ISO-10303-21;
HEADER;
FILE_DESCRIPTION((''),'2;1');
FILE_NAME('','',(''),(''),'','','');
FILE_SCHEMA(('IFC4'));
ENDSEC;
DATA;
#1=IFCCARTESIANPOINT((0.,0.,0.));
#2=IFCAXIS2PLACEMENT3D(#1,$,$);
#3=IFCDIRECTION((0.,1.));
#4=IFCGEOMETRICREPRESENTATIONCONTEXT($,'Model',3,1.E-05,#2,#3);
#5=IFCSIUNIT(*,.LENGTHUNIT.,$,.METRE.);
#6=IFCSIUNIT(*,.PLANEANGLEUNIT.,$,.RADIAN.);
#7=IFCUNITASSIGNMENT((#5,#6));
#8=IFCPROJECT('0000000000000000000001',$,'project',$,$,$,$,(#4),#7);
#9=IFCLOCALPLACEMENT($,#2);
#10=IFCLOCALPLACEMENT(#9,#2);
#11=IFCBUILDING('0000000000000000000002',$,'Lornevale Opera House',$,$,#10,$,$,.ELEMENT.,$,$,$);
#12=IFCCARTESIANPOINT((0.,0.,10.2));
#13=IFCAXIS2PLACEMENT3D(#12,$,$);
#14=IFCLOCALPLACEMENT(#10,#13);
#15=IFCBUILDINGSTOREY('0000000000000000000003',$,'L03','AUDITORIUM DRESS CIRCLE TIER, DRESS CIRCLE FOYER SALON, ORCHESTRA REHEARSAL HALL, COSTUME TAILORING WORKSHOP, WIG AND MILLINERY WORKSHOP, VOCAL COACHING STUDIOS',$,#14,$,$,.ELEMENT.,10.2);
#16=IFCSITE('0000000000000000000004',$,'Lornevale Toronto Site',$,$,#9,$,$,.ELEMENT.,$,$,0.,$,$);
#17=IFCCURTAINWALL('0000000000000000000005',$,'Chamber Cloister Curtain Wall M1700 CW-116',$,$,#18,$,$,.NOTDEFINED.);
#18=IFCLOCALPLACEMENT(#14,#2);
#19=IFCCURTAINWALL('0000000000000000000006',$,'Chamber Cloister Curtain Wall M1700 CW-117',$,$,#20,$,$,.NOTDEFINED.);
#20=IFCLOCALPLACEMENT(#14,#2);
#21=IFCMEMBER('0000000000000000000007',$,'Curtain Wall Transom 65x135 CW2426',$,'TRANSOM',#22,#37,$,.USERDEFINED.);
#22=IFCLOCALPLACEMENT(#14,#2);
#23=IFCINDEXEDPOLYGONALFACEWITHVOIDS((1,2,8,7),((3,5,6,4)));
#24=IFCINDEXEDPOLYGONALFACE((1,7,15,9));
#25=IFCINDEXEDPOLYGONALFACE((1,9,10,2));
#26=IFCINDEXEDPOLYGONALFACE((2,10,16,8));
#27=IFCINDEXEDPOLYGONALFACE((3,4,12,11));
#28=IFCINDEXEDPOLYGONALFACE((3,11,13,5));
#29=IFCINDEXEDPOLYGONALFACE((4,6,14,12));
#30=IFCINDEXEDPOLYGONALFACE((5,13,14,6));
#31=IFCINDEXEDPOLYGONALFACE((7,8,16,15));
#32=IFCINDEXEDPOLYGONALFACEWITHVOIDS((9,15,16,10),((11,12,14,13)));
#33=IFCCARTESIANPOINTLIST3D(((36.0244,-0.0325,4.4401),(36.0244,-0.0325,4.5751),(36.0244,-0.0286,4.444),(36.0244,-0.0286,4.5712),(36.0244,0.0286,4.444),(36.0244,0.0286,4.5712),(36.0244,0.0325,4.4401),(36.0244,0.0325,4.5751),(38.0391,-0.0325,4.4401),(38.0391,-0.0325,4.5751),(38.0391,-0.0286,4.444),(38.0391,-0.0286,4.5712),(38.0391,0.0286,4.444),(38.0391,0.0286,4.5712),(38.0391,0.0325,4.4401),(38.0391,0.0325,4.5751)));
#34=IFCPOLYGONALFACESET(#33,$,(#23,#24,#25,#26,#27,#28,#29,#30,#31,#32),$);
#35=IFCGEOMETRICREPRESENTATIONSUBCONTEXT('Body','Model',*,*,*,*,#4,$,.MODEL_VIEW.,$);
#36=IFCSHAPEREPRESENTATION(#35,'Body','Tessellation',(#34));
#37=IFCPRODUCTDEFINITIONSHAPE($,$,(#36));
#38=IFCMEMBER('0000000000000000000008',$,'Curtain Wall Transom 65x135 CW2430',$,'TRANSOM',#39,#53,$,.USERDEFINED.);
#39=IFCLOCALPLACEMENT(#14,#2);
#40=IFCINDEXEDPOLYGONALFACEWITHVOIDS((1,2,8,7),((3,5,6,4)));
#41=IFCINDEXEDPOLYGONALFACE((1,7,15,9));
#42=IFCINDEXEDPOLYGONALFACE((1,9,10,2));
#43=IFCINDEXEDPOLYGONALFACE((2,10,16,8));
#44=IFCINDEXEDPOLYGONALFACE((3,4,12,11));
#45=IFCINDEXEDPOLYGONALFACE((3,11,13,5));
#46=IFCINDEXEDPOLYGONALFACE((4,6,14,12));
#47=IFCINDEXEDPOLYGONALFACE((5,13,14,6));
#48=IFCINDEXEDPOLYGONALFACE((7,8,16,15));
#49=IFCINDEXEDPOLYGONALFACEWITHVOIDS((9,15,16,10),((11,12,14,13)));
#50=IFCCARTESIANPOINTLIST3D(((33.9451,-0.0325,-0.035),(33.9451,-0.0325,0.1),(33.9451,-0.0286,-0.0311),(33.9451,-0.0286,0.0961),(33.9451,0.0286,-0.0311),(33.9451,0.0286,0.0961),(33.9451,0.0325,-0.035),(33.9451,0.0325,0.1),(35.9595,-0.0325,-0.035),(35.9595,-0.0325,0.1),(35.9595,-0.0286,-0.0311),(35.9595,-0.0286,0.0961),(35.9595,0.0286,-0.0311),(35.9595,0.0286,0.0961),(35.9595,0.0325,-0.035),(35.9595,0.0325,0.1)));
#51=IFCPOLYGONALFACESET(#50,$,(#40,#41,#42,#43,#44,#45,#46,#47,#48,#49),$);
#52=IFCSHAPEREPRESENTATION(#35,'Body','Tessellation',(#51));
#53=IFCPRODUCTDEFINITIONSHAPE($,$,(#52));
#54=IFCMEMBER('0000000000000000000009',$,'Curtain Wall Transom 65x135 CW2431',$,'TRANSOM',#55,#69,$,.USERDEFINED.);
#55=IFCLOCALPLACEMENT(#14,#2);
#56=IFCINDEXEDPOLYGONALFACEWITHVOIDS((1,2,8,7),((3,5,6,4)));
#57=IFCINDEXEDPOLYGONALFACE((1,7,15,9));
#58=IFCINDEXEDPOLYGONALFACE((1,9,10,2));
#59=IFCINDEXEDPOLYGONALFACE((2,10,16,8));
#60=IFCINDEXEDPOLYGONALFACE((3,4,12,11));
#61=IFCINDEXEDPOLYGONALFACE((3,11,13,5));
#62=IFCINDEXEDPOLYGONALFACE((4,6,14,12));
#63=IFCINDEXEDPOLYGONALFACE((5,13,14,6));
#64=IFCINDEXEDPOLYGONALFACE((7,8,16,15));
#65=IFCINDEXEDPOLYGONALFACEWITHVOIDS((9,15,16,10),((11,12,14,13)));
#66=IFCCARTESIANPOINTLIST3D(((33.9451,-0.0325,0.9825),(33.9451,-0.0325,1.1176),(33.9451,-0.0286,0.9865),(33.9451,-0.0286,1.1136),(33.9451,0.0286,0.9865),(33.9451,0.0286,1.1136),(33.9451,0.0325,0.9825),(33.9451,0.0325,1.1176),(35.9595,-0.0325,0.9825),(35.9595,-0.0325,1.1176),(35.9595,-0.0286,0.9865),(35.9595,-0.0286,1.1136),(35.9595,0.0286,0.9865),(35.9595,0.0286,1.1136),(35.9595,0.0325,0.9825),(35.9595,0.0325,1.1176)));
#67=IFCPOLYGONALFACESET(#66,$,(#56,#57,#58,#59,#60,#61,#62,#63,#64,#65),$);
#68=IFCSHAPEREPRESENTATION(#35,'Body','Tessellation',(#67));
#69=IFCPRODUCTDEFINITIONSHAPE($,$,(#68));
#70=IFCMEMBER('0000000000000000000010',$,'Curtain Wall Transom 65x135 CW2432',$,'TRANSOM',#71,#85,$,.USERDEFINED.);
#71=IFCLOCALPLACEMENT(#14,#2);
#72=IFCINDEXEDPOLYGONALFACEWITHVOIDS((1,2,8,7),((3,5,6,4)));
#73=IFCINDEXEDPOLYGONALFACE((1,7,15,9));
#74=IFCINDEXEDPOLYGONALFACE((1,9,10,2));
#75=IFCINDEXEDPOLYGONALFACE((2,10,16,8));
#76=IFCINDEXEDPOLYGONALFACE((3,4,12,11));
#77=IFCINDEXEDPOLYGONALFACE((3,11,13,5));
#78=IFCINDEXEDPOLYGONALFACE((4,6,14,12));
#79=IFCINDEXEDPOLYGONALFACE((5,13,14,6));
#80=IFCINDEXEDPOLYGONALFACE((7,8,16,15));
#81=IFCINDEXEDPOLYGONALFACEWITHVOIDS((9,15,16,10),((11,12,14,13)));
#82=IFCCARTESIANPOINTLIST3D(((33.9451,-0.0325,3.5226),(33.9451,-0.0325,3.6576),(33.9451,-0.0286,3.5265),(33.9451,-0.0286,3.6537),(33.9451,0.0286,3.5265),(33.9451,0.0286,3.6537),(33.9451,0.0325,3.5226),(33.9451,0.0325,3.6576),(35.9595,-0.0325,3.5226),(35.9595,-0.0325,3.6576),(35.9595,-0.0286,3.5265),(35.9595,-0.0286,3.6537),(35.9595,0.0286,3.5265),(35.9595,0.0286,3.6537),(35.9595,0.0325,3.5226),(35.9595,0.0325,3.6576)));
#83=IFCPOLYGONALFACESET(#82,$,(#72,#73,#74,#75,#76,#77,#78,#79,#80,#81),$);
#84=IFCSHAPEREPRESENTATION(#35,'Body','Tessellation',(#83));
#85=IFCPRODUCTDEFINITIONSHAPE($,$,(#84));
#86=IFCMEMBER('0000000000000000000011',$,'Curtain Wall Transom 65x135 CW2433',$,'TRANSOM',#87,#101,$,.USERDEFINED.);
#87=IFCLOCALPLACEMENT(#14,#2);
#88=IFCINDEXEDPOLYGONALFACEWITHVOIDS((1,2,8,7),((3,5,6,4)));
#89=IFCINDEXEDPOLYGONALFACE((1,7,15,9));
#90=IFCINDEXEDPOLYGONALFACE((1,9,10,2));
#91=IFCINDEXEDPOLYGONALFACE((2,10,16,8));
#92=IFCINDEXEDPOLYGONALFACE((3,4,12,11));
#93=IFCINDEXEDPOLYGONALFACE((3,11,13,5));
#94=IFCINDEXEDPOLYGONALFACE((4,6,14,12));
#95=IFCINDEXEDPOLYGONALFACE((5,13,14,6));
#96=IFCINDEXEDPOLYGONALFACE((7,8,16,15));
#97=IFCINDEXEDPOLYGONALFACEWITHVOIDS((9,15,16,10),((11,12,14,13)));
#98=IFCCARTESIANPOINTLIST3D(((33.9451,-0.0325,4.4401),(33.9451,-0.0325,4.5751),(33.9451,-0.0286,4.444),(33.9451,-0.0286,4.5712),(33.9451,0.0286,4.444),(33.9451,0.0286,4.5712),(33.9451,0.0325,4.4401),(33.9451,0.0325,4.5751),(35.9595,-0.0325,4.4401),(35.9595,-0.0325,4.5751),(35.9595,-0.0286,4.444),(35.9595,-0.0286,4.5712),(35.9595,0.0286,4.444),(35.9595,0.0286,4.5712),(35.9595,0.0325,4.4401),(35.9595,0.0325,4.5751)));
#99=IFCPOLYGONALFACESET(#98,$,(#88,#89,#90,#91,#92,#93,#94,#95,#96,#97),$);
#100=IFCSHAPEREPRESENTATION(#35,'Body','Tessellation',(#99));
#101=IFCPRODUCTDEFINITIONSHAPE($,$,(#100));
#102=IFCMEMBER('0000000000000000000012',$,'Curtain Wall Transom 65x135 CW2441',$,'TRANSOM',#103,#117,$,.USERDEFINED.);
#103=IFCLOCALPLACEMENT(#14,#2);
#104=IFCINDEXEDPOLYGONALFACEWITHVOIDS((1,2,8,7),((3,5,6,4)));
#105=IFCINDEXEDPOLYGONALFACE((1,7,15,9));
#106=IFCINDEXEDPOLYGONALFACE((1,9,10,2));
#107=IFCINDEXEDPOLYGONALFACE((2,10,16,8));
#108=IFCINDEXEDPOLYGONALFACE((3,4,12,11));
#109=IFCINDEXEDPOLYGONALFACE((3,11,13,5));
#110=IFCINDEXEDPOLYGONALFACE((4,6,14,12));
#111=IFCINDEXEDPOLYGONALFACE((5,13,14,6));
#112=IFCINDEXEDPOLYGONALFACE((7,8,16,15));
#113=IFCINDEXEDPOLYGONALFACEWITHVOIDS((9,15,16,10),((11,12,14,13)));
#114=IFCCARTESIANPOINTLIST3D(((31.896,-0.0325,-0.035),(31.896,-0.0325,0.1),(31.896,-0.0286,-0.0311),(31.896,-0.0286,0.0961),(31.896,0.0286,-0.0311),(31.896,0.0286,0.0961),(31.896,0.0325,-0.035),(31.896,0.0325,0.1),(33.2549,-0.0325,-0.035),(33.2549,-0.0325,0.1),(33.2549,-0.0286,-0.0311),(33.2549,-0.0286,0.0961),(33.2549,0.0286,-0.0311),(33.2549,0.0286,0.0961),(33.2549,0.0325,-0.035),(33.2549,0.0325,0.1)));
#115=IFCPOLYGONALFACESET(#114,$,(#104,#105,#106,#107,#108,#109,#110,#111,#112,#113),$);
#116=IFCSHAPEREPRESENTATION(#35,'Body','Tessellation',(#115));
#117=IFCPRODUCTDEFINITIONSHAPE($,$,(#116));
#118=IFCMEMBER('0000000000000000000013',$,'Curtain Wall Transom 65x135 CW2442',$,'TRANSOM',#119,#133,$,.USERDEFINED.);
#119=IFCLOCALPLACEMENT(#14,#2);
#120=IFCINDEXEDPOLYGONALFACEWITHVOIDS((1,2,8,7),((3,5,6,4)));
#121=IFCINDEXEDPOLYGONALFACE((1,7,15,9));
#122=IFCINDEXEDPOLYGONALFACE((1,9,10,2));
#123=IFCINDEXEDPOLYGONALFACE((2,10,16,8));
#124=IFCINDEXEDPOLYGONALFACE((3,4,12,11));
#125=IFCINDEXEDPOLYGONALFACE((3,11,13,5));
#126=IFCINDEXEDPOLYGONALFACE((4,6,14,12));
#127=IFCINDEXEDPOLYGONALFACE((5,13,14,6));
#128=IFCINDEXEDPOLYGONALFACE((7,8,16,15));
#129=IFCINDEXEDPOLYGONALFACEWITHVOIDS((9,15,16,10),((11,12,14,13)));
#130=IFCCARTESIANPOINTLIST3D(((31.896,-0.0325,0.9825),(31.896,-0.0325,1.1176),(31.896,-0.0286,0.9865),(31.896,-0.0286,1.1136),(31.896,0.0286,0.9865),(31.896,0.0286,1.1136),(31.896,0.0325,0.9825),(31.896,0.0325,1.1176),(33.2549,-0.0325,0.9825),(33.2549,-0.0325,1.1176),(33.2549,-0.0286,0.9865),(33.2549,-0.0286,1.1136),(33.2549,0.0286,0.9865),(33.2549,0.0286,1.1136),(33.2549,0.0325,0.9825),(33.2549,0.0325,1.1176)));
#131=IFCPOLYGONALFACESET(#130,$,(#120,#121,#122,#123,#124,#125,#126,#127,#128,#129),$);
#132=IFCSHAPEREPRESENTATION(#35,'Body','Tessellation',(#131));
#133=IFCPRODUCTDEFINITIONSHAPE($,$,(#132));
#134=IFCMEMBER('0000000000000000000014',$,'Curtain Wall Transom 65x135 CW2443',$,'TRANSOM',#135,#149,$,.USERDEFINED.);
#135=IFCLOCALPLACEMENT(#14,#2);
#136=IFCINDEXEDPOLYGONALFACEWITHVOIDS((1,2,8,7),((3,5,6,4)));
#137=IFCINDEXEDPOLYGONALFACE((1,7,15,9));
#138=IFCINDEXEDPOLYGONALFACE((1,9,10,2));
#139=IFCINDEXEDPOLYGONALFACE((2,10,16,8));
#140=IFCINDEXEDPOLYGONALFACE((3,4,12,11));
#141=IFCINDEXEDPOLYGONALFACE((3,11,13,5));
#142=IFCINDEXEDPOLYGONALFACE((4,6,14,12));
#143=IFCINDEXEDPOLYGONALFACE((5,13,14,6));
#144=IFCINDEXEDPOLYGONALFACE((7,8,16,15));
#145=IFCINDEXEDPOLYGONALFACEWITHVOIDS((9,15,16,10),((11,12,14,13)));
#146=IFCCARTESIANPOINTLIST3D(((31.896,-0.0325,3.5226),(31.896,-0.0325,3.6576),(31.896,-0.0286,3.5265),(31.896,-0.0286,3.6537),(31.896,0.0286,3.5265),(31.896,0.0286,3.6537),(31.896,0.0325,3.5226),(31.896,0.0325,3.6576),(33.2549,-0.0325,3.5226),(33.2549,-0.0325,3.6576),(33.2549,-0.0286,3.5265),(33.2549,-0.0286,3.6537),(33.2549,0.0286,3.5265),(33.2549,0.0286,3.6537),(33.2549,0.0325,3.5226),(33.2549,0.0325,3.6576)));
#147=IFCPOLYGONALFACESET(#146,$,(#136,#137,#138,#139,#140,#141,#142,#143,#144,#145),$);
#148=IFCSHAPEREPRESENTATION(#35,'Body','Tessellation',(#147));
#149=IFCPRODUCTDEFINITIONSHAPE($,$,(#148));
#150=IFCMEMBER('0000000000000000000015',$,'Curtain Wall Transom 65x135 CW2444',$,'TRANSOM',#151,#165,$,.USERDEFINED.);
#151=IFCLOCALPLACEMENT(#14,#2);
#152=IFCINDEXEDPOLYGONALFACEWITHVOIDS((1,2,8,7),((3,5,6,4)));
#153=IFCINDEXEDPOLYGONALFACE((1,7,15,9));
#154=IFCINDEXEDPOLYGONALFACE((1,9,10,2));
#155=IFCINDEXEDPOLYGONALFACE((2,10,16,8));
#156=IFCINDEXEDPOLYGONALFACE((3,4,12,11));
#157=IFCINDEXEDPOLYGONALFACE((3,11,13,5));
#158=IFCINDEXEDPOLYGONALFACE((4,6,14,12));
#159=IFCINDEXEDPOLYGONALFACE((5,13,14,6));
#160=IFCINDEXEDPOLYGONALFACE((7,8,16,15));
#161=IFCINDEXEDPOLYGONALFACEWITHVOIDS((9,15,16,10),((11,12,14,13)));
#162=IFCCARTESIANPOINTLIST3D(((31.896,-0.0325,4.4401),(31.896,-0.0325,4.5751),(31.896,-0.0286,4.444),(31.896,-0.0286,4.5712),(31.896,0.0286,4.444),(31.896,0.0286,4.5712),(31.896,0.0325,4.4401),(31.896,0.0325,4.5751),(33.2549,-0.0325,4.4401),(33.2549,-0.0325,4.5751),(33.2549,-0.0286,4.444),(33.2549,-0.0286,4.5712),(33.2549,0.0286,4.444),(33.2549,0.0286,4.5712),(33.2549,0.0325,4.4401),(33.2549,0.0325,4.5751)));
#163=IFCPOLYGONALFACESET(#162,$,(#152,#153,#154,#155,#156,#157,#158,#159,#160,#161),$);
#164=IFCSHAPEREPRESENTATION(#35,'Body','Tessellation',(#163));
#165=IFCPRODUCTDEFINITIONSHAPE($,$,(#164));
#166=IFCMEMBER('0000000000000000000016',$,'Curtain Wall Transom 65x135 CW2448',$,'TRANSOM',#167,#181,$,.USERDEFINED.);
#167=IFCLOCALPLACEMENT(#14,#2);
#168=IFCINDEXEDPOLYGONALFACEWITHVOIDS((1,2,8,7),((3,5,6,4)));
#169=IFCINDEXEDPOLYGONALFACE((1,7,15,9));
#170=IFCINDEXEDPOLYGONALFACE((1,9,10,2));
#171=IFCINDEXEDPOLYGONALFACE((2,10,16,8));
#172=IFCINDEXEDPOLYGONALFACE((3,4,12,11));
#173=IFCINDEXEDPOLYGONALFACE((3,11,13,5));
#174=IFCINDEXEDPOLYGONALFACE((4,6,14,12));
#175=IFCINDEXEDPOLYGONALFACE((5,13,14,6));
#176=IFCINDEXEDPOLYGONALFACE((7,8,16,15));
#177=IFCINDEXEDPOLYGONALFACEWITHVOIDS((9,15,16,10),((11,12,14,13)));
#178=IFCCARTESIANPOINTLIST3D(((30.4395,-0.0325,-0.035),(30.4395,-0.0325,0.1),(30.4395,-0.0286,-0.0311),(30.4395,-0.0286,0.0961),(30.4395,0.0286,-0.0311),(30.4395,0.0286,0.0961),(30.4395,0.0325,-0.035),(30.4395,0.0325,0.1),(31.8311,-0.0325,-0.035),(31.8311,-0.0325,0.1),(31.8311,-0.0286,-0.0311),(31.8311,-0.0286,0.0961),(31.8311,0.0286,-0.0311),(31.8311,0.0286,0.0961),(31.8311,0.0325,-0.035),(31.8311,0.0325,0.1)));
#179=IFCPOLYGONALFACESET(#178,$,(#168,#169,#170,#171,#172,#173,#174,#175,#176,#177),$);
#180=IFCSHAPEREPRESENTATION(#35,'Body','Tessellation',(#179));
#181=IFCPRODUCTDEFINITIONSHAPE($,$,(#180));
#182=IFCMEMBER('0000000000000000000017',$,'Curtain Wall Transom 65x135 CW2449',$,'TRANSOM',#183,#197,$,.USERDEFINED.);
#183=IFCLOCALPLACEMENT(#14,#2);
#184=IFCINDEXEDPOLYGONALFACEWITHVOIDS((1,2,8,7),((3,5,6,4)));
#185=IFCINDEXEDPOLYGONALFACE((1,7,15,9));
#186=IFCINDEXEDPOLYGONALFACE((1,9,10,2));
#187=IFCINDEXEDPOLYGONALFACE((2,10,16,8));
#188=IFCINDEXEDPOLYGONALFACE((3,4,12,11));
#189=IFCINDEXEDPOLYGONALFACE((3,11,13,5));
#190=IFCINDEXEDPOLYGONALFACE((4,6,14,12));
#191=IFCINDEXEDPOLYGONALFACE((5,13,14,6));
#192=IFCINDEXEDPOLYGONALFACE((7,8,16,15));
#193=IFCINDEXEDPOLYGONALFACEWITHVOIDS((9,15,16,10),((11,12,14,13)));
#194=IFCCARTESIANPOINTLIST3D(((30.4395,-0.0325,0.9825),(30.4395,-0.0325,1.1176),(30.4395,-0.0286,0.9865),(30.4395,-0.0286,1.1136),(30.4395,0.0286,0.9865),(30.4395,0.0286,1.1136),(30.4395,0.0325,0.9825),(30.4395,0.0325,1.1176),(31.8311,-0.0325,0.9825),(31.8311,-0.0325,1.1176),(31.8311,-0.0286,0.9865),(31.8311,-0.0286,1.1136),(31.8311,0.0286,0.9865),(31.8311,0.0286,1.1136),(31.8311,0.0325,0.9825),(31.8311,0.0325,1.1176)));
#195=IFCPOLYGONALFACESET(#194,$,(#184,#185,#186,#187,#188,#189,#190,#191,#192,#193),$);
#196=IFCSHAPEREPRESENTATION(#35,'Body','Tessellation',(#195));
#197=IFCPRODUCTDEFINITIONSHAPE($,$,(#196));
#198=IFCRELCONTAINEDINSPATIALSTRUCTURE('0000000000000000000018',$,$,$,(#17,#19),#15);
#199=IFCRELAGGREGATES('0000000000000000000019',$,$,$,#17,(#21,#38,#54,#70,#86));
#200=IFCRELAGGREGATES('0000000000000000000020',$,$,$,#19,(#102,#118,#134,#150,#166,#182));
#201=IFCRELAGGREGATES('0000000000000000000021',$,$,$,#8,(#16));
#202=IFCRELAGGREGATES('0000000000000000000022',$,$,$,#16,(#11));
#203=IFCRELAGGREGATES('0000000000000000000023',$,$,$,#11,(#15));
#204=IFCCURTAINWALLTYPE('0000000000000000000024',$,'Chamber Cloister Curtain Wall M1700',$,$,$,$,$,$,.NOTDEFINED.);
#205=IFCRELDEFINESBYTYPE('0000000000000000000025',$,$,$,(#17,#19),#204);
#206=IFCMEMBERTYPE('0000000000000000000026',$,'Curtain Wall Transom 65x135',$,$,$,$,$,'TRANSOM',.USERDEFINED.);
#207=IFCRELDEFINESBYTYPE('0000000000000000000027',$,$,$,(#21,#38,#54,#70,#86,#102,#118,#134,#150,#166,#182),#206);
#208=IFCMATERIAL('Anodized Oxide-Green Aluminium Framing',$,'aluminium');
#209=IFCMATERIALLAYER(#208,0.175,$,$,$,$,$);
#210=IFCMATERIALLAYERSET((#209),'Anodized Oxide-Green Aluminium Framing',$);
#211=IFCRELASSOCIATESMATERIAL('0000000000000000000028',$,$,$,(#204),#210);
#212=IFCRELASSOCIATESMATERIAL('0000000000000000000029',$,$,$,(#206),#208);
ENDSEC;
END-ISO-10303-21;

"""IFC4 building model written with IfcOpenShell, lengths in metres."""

from ifc_helpers import new_model, si_unit, direction, frame, origin, origin_2d, place, context, subcontext, project, spatial, hollow_rectangle, extrude, material, layer, layer_set, material_profile, profile_set, type_object, element, aggregate, save


model = new_model("IFC4")

# Units and contexts
model_context = context("Model", 3, precision=1e-05, world=origin(), true_north=direction((0.0, 1.0)))
body_context = subcontext(model_context, "Body", "Model", "MODEL_VIEW")
ifc_project = project(units=[si_unit("LENGTHUNIT", "METRE"), si_unit("PLANEANGLEUNIT", "RADIAN")], contexts=[model_context])

# Site, building, storey
site_placement = place(None, origin())
site = spatial("IfcSite", under=ifc_project, at=site_placement, Name="Lornevale Toronto Site", CompositionType="ELEMENT", RefElevation=0.0)
building_placement = place(site_placement, origin())
building = spatial("IfcBuilding", under=site, at=building_placement, Name="Lornevale Opera House", CompositionType="ELEMENT")
storey_placement = place(building_placement, frame((0.0, 0.0, 10.2)))
storey = spatial("IfcBuildingStorey", under=building, at=storey_placement, Name="L03", Description="AUDITORIUM DRESS CIRCLE TIER, DRESS CIRCLE FOYER SALON, ORCHESTRA REHEARSAL HALL, COSTUME TAILORING WORKSHOP, WIG AND MILLINERY WORKSHOP, VOCAL COACHING STUDIOS", CompositionType="ELEMENT", Elevation=10.2)

# Curtain walls
ifc_material_1 = material(Name="Anodized Oxide-Green Aluminium Framing", Category="aluminium")
ifc_layer_1 = layer(ifc_material_1, 0.175)
ifc_layer_set_1 = layer_set([ifc_layer_1], Name="Anodized Oxide-Green Aluminium Framing")
curtain_wall_type = type_object("IfcCurtainWallType", Name="Chamber Cloister Curtain Wall M1700", PredefinedType="NOTDEFINED", material=ifc_layer_set_1)
curtain_wall_1_placement = place(storey_placement, origin())
curtain_wall_1 = element("IfcCurtainWall", 1, at=curtain_wall_1_placement, inside=storey, type_object=curtain_wall_type, Name="Chamber Cloister Curtain Wall M1700 CW-116", PredefinedType="NOTDEFINED")
curtain_wall_2_placement = place(storey_placement, origin())
curtain_wall_2 = element("IfcCurtainWall", 2, at=curtain_wall_2_placement, inside=storey, type_object=curtain_wall_type, Name="Chamber Cloister Curtain Wall M1700 CW-117", PredefinedType="NOTDEFINED")

# Members
ifc_material_profile_1 = material_profile(ifc_material_1, hollow_rectangle(XDim=0.0649, YDim=0.135, WallThickness=0.0039, at=origin_2d()), Name="ALU65x135x4")
ifc_profile_set_1 = profile_set([ifc_material_profile_1], Name="Anodized Oxide-Green Aluminium Framing")
member_type_1 = type_object("IfcMemberType", Name="Curtain Wall Transom 65x135", ElementType="TRANSOM", PredefinedType="USERDEFINED", material=ifc_profile_set_1)
member_1_placement = place(storey_placement, frame((38.0391, 0.0, 4.5076), z_axis=(-1.0, 0.0, 0.0), x_axis=(0.0, -1.0, 0.0)))
member_1 = element("IfcMember", 3, at=member_1_placement, type_object=member_type_1, Name="Curtain Wall Transom 65x135 CW2426", ObjectType="TRANSOM", PredefinedType="USERDEFINED", context=body_context, shape_type="SweptSolid", body=[
    extrude(hollow_rectangle(XDim=0.0649, YDim=0.135, WallThickness=0.0039, at=origin_2d()), origin(), (0.0, 0.0, 1.0), 2.0146),
])
member_2_placement = place(storey_placement, frame((35.9595, 0.0, 0.0325), z_axis=(-1.0, 0.0, 0.0), x_axis=(0.0, -1.0, 0.0)))
member_2 = element("IfcMember", 4, at=member_2_placement, type_object=member_type_1, Name="Curtain Wall Transom 65x135 CW2430", ObjectType="TRANSOM", PredefinedType="USERDEFINED", context=body_context, shape_type="SweptSolid", body=[
    extrude(hollow_rectangle(XDim=0.0649, YDim=0.135, WallThickness=0.0039, at=origin_2d()), origin(), (0.0, 0.0, 1.0), 2.0144),
])
member_3_placement = place(storey_placement, frame((35.9595, 0.0, 1.05), z_axis=(-1.0, 0.0, 0.0), x_axis=(0.0, -1.0, 0.0)))
member_3 = element("IfcMember", 5, at=member_3_placement, type_object=member_type_1, Name="Curtain Wall Transom 65x135 CW2431", ObjectType="TRANSOM", PredefinedType="USERDEFINED", context=body_context, shape_type="SweptSolid", body=[
    extrude(hollow_rectangle(XDim=0.0649, YDim=0.135, WallThickness=0.0039, at=origin_2d()), origin(), (0.0, 0.0, 1.0), 2.0144),
])
member_4_placement = place(storey_placement, frame((35.9595, 0.0, 3.5901), z_axis=(-1.0, 0.0, 0.0), x_axis=(0.0, -1.0, 0.0)))
member_4 = element("IfcMember", 6, at=member_4_placement, type_object=member_type_1, Name="Curtain Wall Transom 65x135 CW2432", ObjectType="TRANSOM", PredefinedType="USERDEFINED", context=body_context, shape_type="SweptSolid", body=[
    extrude(hollow_rectangle(XDim=0.0649, YDim=0.135, WallThickness=0.0039, at=origin_2d()), origin(), (0.0, 0.0, 1.0), 2.0144),
])
member_5_placement = place(storey_placement, frame((35.9595, 0.0, 4.5076), z_axis=(-1.0, 0.0, 0.0), x_axis=(0.0, -1.0, 0.0)))
member_5 = element("IfcMember", 7, at=member_5_placement, type_object=member_type_1, Name="Curtain Wall Transom 65x135 CW2433", ObjectType="TRANSOM", PredefinedType="USERDEFINED", context=body_context, shape_type="SweptSolid", body=[
    extrude(hollow_rectangle(XDim=0.0649, YDim=0.135, WallThickness=0.0039, at=origin_2d()), origin(), (0.0, 0.0, 1.0), 2.0144),
])
member_6_placement = place(storey_placement, frame((33.2549, 0.0, 0.0325), z_axis=(-1.0, 0.0, 0.0), x_axis=(0.0, -1.0, 0.0)))
member_6 = element("IfcMember", 8, at=member_6_placement, type_object=member_type_1, Name="Curtain Wall Transom 65x135 CW2441", ObjectType="TRANSOM", PredefinedType="USERDEFINED", context=body_context, shape_type="SweptSolid", body=[
    extrude(hollow_rectangle(XDim=0.0649, YDim=0.135, WallThickness=0.0039, at=origin_2d()), origin(), (0.0, 0.0, 1.0), 1.3589),
])
member_7_placement = place(storey_placement, frame((33.2549, 0.0, 1.05), z_axis=(-1.0, 0.0, 0.0), x_axis=(0.0, -1.0, 0.0)))
member_7 = element("IfcMember", 9, at=member_7_placement, type_object=member_type_1, Name="Curtain Wall Transom 65x135 CW2442", ObjectType="TRANSOM", PredefinedType="USERDEFINED", context=body_context, shape_type="SweptSolid", body=[
    extrude(hollow_rectangle(XDim=0.0649, YDim=0.135, WallThickness=0.0039, at=origin_2d()), origin(), (0.0, 0.0, 1.0), 1.3589),
])
member_8_placement = place(storey_placement, frame((33.2549, 0.0, 3.5901), z_axis=(-1.0, 0.0, 0.0), x_axis=(0.0, -1.0, 0.0)))
member_8 = element("IfcMember", 10, at=member_8_placement, type_object=member_type_1, Name="Curtain Wall Transom 65x135 CW2443", ObjectType="TRANSOM", PredefinedType="USERDEFINED", context=body_context, shape_type="SweptSolid", body=[
    extrude(hollow_rectangle(XDim=0.0649, YDim=0.135, WallThickness=0.0039, at=origin_2d()), origin(), (0.0, 0.0, 1.0), 1.3589),
])
member_9_placement = place(storey_placement, frame((33.2549, 0.0, 4.5076), z_axis=(-1.0, 0.0, 0.0), x_axis=(0.0, -1.0, 0.0)))
member_9 = element("IfcMember", 11, at=member_9_placement, type_object=member_type_1, Name="Curtain Wall Transom 65x135 CW2444", ObjectType="TRANSOM", PredefinedType="USERDEFINED", context=body_context, shape_type="SweptSolid", body=[
    extrude(hollow_rectangle(XDim=0.0649, YDim=0.135, WallThickness=0.0039, at=origin_2d()), origin(), (0.0, 0.0, 1.0), 1.3589),
])
member_10_placement = place(storey_placement, frame((31.8311, 0.0, 0.0325), z_axis=(-1.0, 0.0, 0.0), x_axis=(0.0, -1.0, 0.0)))
member_10 = element("IfcMember", 12, at=member_10_placement, type_object=member_type_1, Name="Curtain Wall Transom 65x135 CW2448", ObjectType="TRANSOM", PredefinedType="USERDEFINED", context=body_context, shape_type="SweptSolid", body=[
    extrude(hollow_rectangle(XDim=0.0649, YDim=0.135, WallThickness=0.0039, at=origin_2d()), origin(), (0.0, 0.0, 1.0), 1.3916),
])
member_11_placement = place(storey_placement, frame((31.8311, 0.0, 1.05), z_axis=(-1.0, 0.0, 0.0), x_axis=(0.0, -1.0, 0.0)))
member_11 = element("IfcMember", 13, at=member_11_placement, type_object=member_type_1, Name="Curtain Wall Transom 65x135 CW2449", ObjectType="TRANSOM", PredefinedType="USERDEFINED", context=body_context, shape_type="SweptSolid", body=[
    extrude(hollow_rectangle(XDim=0.0649, YDim=0.135, WallThickness=0.0039, at=origin_2d()), origin(), (0.0, 0.0, 1.0), 1.3916),
])

aggregate(curtain_wall_1, [member_1, member_2, member_3, member_4, member_5])
aggregate(curtain_wall_2, [member_6, member_7, member_8, member_9, member_10, member_11])

save(model, "model.ifc")
